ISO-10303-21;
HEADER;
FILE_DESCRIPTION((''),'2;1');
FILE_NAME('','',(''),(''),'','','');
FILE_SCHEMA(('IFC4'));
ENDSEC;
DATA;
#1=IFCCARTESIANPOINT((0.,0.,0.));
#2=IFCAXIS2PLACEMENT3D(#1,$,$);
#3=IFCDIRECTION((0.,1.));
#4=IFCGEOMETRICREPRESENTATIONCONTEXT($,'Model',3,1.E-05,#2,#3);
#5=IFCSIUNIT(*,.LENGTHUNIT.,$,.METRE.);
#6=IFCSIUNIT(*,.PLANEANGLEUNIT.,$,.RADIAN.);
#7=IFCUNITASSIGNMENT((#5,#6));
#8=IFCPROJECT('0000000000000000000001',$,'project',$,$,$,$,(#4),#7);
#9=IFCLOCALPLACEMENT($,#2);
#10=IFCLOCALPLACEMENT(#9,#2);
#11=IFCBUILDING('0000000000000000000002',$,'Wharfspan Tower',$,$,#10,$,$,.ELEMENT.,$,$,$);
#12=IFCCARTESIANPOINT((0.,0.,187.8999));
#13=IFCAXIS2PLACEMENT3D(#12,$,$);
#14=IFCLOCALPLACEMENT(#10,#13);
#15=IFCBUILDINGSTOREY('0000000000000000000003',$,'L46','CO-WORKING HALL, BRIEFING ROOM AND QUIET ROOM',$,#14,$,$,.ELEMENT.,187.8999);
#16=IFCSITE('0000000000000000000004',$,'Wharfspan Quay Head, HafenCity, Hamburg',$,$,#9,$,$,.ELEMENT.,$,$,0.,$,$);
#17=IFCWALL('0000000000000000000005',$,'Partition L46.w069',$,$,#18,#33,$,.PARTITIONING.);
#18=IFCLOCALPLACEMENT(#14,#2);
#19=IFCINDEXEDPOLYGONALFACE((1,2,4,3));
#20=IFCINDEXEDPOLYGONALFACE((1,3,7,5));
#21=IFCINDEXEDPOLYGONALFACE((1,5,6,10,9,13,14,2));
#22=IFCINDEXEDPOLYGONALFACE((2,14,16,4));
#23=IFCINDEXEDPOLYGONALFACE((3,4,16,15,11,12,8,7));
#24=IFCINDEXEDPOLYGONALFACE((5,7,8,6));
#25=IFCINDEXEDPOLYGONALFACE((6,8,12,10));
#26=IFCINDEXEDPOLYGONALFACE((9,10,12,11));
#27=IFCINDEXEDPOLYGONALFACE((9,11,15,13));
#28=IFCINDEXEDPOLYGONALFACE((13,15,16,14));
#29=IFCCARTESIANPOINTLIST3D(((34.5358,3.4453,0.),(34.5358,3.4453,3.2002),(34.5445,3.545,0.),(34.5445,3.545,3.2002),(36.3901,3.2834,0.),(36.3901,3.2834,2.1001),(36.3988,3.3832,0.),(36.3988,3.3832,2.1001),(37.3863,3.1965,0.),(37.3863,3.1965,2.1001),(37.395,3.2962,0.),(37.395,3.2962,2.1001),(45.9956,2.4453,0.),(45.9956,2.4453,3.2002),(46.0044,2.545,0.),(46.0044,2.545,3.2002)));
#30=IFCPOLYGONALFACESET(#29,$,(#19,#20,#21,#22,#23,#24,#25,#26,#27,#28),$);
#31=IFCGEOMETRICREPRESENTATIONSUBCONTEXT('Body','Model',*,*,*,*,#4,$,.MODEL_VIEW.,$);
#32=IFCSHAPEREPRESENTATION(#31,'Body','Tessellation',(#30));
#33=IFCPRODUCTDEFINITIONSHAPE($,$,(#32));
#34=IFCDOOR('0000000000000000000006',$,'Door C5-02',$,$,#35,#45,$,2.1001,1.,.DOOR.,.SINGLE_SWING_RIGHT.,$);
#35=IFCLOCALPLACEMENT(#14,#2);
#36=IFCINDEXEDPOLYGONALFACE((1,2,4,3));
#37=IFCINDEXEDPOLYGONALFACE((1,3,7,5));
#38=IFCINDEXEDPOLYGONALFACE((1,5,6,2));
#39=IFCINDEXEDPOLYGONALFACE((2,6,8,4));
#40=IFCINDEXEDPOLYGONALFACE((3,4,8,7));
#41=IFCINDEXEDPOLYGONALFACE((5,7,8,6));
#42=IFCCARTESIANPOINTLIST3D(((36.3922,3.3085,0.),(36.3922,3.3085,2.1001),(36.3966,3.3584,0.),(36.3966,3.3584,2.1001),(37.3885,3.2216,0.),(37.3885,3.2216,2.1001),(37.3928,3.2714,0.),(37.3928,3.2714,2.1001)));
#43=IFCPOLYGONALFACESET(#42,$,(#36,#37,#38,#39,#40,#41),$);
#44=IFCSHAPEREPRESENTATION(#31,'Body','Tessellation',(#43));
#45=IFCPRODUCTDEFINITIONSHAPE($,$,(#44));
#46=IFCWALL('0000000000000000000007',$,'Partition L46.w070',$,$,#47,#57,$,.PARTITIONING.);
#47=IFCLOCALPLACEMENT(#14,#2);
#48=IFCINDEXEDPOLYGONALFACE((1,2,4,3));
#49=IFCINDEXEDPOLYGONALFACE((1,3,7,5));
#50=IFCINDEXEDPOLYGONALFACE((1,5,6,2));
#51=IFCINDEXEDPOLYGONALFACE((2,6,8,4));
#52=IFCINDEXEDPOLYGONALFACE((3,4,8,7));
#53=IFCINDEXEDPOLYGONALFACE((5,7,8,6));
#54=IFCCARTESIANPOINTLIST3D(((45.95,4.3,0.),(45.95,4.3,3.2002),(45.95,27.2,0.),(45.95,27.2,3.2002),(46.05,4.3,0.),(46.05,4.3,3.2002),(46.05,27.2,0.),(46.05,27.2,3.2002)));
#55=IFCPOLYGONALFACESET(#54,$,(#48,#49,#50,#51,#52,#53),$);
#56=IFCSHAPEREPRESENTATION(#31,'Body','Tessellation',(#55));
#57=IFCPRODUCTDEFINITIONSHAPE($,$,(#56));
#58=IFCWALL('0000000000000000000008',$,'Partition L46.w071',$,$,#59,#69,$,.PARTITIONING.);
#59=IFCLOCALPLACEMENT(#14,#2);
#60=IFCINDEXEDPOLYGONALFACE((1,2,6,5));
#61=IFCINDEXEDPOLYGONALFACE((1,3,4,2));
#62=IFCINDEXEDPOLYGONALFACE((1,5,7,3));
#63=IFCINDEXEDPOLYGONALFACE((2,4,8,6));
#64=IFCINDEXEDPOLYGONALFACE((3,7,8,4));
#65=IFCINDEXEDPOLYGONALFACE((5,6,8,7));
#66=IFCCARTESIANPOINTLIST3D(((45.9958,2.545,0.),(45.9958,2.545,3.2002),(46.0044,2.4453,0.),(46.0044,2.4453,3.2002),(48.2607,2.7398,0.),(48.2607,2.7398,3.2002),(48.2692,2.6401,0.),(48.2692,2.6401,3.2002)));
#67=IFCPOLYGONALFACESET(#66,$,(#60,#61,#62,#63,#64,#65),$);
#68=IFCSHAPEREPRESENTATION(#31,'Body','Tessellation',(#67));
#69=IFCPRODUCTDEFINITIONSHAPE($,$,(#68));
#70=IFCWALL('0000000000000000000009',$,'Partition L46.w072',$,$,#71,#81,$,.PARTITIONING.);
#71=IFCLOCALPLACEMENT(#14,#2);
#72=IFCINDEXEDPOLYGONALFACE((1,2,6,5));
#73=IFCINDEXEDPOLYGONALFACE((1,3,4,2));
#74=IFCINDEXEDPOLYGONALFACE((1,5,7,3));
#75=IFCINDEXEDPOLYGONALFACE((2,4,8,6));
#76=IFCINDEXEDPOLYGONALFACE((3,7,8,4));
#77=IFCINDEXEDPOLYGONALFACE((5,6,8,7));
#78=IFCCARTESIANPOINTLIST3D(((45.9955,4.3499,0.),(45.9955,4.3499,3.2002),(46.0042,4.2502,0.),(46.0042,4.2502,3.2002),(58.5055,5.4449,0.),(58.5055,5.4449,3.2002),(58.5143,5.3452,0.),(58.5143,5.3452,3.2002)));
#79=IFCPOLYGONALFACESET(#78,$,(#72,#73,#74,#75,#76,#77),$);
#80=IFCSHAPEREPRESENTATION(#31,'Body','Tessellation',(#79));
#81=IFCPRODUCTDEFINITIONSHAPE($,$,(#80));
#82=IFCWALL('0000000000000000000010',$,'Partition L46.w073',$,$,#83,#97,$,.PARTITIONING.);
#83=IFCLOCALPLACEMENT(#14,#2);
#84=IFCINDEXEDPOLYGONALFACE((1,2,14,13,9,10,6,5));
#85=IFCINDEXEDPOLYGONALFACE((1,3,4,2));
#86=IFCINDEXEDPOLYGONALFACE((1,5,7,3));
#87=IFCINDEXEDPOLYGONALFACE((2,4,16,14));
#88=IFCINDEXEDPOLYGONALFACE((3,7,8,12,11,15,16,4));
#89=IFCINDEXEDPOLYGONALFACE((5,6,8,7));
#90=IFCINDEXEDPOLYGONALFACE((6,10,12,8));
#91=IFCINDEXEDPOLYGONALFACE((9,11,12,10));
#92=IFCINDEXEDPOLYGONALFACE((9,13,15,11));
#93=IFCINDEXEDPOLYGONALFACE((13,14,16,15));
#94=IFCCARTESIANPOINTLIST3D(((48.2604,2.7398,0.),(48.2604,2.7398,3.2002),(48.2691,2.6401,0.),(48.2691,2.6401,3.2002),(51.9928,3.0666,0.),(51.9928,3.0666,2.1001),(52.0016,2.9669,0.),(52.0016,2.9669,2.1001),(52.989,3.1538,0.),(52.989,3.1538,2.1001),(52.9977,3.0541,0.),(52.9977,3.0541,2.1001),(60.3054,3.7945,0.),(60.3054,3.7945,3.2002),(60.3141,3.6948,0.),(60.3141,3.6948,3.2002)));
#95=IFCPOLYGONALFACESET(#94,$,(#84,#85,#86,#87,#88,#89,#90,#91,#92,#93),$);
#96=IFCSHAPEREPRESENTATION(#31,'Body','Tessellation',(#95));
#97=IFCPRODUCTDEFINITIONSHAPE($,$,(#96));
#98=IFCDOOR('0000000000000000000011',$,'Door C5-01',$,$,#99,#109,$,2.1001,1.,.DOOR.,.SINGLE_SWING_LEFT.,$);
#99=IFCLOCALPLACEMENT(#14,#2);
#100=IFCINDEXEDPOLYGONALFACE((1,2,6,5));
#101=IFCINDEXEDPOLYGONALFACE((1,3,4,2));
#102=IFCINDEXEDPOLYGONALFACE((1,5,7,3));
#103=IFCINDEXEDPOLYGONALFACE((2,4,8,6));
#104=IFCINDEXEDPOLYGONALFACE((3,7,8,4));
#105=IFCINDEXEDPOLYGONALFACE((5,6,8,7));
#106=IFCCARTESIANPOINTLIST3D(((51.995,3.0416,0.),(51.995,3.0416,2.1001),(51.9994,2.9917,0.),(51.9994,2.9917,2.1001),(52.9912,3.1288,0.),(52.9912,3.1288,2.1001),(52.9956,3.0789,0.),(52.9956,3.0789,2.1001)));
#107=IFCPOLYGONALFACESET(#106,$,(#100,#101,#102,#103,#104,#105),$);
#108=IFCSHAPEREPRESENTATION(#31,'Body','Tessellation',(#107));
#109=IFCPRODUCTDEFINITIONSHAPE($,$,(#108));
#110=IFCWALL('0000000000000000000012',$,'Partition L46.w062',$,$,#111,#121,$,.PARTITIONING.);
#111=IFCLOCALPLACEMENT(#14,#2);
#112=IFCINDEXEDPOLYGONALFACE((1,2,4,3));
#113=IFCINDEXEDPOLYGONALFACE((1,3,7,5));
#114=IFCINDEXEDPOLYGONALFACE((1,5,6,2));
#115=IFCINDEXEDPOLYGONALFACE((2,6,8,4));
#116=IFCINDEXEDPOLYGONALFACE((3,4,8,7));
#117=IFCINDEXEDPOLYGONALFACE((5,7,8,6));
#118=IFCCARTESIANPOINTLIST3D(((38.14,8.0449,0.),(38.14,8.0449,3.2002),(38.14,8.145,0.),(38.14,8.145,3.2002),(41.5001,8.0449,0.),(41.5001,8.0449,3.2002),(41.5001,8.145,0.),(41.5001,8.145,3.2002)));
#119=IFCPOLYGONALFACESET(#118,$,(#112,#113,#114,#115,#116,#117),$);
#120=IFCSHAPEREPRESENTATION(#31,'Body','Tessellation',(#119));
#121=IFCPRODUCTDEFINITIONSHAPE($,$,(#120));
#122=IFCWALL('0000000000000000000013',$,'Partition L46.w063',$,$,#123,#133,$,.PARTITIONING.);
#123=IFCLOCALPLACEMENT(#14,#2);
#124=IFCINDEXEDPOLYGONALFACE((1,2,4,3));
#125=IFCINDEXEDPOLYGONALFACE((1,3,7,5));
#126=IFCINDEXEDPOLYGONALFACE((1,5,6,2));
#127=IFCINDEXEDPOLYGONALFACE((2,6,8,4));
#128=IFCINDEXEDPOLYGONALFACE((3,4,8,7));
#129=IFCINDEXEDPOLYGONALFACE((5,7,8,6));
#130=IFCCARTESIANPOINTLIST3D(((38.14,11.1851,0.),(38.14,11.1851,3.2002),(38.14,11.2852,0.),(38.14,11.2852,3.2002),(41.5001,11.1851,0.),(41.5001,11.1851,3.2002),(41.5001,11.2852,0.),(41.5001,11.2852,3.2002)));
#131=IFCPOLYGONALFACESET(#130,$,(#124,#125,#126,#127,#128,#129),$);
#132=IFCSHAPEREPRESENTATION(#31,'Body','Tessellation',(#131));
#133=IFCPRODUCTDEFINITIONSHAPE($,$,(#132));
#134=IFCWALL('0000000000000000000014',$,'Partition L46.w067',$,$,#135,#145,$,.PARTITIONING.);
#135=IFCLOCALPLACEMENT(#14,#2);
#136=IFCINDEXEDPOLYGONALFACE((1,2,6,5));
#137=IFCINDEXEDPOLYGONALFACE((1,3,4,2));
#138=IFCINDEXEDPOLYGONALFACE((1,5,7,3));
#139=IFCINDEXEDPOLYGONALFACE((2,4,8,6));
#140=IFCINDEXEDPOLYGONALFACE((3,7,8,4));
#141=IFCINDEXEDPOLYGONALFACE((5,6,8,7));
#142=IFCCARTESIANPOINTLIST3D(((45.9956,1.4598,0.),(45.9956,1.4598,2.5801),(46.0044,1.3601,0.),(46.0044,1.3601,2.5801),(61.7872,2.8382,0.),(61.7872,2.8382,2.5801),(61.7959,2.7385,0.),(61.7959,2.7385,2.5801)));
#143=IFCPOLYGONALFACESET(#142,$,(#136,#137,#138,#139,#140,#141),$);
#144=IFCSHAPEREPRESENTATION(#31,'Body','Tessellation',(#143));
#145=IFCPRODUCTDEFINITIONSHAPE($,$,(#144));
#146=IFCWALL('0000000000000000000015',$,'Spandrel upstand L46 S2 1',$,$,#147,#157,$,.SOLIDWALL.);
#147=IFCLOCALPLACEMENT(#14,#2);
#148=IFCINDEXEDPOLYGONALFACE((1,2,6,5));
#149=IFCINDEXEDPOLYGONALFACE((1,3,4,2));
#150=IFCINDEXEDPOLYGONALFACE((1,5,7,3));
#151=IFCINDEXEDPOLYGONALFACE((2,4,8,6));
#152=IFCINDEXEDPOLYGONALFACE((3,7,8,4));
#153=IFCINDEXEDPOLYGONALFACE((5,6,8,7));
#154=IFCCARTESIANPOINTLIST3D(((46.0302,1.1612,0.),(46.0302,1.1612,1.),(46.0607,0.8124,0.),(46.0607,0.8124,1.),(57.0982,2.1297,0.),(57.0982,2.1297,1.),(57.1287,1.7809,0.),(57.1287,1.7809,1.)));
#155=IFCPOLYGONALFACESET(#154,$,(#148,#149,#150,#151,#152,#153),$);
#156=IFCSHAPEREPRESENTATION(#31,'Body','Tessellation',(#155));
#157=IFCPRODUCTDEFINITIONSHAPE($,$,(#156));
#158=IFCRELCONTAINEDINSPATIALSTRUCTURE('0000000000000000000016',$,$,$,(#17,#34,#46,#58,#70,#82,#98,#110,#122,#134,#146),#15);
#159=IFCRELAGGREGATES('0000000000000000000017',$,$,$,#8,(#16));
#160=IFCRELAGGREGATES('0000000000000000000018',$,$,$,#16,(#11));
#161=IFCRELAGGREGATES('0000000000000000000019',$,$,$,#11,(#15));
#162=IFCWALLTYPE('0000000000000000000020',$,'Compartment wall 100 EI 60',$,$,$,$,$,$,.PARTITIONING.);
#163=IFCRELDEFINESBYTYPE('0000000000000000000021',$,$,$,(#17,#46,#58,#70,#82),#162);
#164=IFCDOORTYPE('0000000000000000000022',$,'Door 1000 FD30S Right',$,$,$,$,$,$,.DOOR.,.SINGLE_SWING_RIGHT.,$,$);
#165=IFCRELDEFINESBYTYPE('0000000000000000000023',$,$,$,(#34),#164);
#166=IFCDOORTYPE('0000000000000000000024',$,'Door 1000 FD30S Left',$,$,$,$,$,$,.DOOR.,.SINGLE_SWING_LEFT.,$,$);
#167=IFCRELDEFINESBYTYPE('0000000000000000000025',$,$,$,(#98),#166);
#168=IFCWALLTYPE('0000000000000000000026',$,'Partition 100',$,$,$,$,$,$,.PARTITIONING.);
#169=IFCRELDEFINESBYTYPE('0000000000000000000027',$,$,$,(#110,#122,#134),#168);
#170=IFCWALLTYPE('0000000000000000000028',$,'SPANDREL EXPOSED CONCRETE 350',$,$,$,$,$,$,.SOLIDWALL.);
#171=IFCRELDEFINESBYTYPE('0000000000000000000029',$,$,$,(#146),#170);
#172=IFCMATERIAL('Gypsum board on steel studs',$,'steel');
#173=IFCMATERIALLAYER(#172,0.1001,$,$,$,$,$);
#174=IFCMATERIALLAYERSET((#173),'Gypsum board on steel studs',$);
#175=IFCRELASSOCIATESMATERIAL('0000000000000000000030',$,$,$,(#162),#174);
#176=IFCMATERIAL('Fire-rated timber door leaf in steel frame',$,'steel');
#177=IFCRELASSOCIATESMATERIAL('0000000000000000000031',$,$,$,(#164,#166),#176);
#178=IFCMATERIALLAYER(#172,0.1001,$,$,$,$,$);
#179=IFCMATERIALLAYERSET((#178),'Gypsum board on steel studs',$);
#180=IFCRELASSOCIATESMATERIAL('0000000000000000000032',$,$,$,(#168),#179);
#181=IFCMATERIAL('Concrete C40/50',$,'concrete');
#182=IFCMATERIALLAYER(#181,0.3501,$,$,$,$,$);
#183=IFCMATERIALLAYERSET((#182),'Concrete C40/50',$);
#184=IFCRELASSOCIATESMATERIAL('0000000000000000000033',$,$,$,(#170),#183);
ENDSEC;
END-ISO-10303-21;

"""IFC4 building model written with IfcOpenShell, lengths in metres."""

from ifc_helpers import new_model, si_unit, direction, frame, frame_2d, origin, place, context, subcontext, project, spatial, rectangle, extrude, material, layer, layer_set, type_object, element, fill, save


model = new_model("IFC4")

# Units and contexts
model_context = context("Model", 3, precision=1e-05, world=origin(), true_north=direction((0.0, 1.0)))
body_context = subcontext(model_context, "Body", "Model", "MODEL_VIEW")
ifc_project = project(units=[si_unit("LENGTHUNIT", "METRE"), si_unit("PLANEANGLEUNIT", "RADIAN")], contexts=[model_context])

# Site, building, storey
site_placement = place(None, origin())
site = spatial("IfcSite", under=ifc_project, at=site_placement, Name="Wharfspan Quay Head, HafenCity, Hamburg", CompositionType="ELEMENT", RefElevation=0.0)
building_placement = place(site_placement, origin())
building = spatial("IfcBuilding", under=site, at=building_placement, Name="Wharfspan Tower", CompositionType="ELEMENT")
storey_placement = place(building_placement, frame((0.0, 0.0, 187.8999)))
storey = spatial("IfcBuildingStorey", under=building, at=storey_placement, Name="L46", Description="CO-WORKING HALL, BRIEFING ROOM AND QUIET ROOM", CompositionType="ELEMENT", Elevation=187.8999)

# Shared definitions
ifc_material_1 = material(Name="Gypsum board on steel studs", Category="steel")
ifc_layer_1 = layer(ifc_material_1, 0.1001)
ifc_layer_set_1 = layer_set([ifc_layer_1], Name="Gypsum board on steel studs")
wall_type_1 = type_object("IfcWallType", Name="Compartment wall 100 EI 60", PredefinedType="PARTITIONING", material=ifc_layer_set_1)

# Wall, opening, door
wall_1_placement = place(storey_placement, frame((46.0, 2.4951, 0.0), z_axis=(0.0, 0.0, 1.0), x_axis=(-0.996214, 0.08693, 0.0)))
wall_1 = element("IfcWall", 1, at=wall_1_placement, inside=storey, type_object=wall_type_1, Name="Partition L46.w069", PredefinedType="PARTITIONING", context=body_context, shape_type="SweptSolid", body=[
    extrude(rectangle(XDim=11.5034, YDim=0.1001, at=frame_2d((5.7517, 0.0))), origin(), (0.0, 0.0, 1.0), 3.2002),
])
opening_1_placement = place(wall_1_placement, frame((8.6421, 0.0, 0.0)))
opening_1 = element("IfcOpeningElement", 2, at=opening_1_placement, cuts=wall_1, PredefinedType="OPENING", context=body_context, shape_type="SweptSolid", body=[
    extrude(rectangle(XDim=1.0, YDim=2.1001, at=frame_2d((0.5, 1.05))), frame((0.0, 0.0601, 0.0), z_axis=(0.0, -1.0, 0.0), x_axis=(1.0, 0.0, 0.0)), (0.0, 0.0, 1.0), 0.1201),
])
ifc_material_2 = material(Name="Fire-rated timber door leaf in steel frame", Category="steel")
door_type_1 = type_object("IfcDoorType", Name="Door 1000 FD30S Right", OperationType="SINGLE_SWING_RIGHT", PredefinedType="DOOR", material=ifc_material_2)
door_1_placement = place(opening_1_placement, origin())
door_1 = element("IfcDoor", 3, at=door_1_placement, inside=storey, type_object=door_type_1, Name="Door C5-02", OperationType="SINGLE_SWING_RIGHT", OverallHeight=2.1001, OverallWidth=1.0, PredefinedType="DOOR", context=body_context, shape_type="SweptSolid", body=[
    extrude(rectangle(XDim=1.0, YDim=2.1001, at=frame_2d((0.5, 1.05))), frame((0.0, 0.0249, 0.0), z_axis=(0.0, -1.0, 0.0), x_axis=(1.0, 0.0, 0.0)), (0.0, 0.0, 1.0), 0.05),
])
fill(opening_1, door_1)

# Walls
wall_2_placement = place(storey_placement, frame((46.0, 4.3, 0.0), z_axis=(0.0, 0.0, 1.0), x_axis=(0.0, 1.0, 0.0)))
element("IfcWall", 4, at=wall_2_placement, inside=storey, type_object=wall_type_1, Name="Partition L46.w070", PredefinedType="PARTITIONING", context=body_context, shape_type="SweptSolid", body=[
    extrude(rectangle(XDim=22.8999, YDim=0.1001, at=frame_2d((11.45, 0.0))), origin(), (0.0, 0.0, 1.0), 3.2002),
])
wall_3_placement = place(storey_placement, frame((46.0, 2.4951, 0.0), z_axis=(0.0, 0.0, 1.0), x_axis=(0.996324, 0.085703, 0.0)))
element("IfcWall", 5, at=wall_3_placement, inside=storey, type_object=wall_type_1, Name="Partition L46.w071", PredefinedType="PARTITIONING", context=body_context, shape_type="SweptSolid", body=[
    extrude(rectangle(XDim=2.2732, YDim=0.1001, at=frame_2d((1.1367, 0.0))), origin(), (0.0, 0.0, 1.0), 3.2002),
])
wall_4_placement = place(storey_placement, frame((46.0, 4.3, 0.0), z_axis=(0.0, 0.0, 1.0), x_axis=(0.996189, 0.087194, 0.0)))
element("IfcWall", 6, at=wall_4_placement, inside=storey, type_object=wall_type_1, Name="Partition L46.w072", PredefinedType="PARTITIONING", context=body_context, shape_type="SweptSolid", body=[
    extrude(rectangle(XDim=12.5579, YDim=0.1001, at=frame_2d((6.2788, 0.0))), origin(), (0.0, 0.0, 1.0), 3.2002),
])

# Wall, opening, door
wall_5_placement = place(storey_placement, frame((48.2649, 2.6899, 0.0), z_axis=(0.0, 0.0, 1.0), x_axis=(0.996187, 0.087229, 0.0)))
wall_5 = element("IfcWall", 7, at=wall_5_placement, inside=storey, type_object=wall_type_1, Name="Partition L46.w073", PredefinedType="PARTITIONING", context=body_context, shape_type="SweptSolid", body=[
    extrude(rectangle(XDim=12.0911, YDim=0.1001, at=frame_2d((6.0454, 0.0))), origin(), (0.0, 0.0, 1.0), 3.2002),
])
opening_2_placement = place(wall_5_placement, frame((3.7466, 0.0, 0.0)))
opening_2 = element("IfcOpeningElement", 8, at=opening_2_placement, cuts=wall_5, PredefinedType="OPENING", context=body_context, shape_type="SweptSolid", body=[
    extrude(rectangle(XDim=1.0, YDim=2.1001, at=frame_2d((0.5, 1.05))), frame((0.0, 0.0601, 0.0), z_axis=(0.0, -1.0, 0.0), x_axis=(1.0, 0.0, 0.0)), (0.0, 0.0, 1.0), 0.1201),
])
door_type_2 = type_object("IfcDoorType", Name="Door 1000 FD30S Left", OperationType="SINGLE_SWING_LEFT", PredefinedType="DOOR", material=ifc_material_2)
door_2_placement = place(opening_2_placement, origin())
door_2 = element("IfcDoor", 9, at=door_2_placement, inside=storey, type_object=door_type_2, Name="Door C5-01", OperationType="SINGLE_SWING_LEFT", OverallHeight=2.1001, OverallWidth=1.0, PredefinedType="DOOR", context=body_context, shape_type="SweptSolid", body=[
    extrude(rectangle(XDim=1.0, YDim=2.1001, at=frame_2d((0.5, 1.05))), frame((0.0, 0.0249, 0.0), z_axis=(0.0, -1.0, 0.0), x_axis=(1.0, 0.0, 0.0)), (0.0, 0.0, 1.0), 0.05),
])
fill(opening_2, door_2)

# Walls
ifc_layer_2 = layer(ifc_material_1, 0.1001)
ifc_layer_set_2 = layer_set([ifc_layer_2], Name="Gypsum board on steel studs")
wall_type_2 = type_object("IfcWallType", Name="Partition 100", PredefinedType="PARTITIONING", material=ifc_layer_set_2)
for number, where, z_axis, x_axis, name in (
    (10, (38.1399, 8.095, 0.0), (0.0, 0.0, 1.0), (1.0, 0.0, 0.0), "Partition L46.w062"),
    (11, (38.1399, 11.2351, 0.0), (0.0, 0.0, 1.0), (1.0, 0.0, 0.0), "Partition L46.w063"),
):
    element("IfcWall", number, at=place(storey_placement, frame(where, z_axis=z_axis, x_axis=x_axis)), inside=storey, type_object=wall_type_2, Name=name, PredefinedType="PARTITIONING", context=body_context, shape_type="SweptSolid", body=[
        extrude(rectangle(XDim=3.3601, YDim=0.1001, at=frame_2d((1.6802, 0.0))), origin(), (0.0, 0.0, 1.0), 3.2002),
    ])
wall_6_placement = place(storey_placement, frame((46.0, 1.4099, 0.0), z_axis=(0.0, 0.0, 1.0), x_axis=(0.996213, 0.086958, 0.0)))
element("IfcWall", 12, at=wall_6_placement, inside=storey, type_object=wall_type_2, Name="Partition L46.w067", PredefinedType="PARTITIONING", context=body_context, shape_type="SweptSolid", body=[
    extrude(rectangle(XDim=15.8516, YDim=0.1001, at=frame_2d((7.9258, 0.0))), origin(), (0.0, 0.0, 1.0), 2.5801),
])
ifc_material_3 = material(Name="Concrete C40/50", Category="concrete")
ifc_layer_3 = layer(ifc_material_3, 0.3501)
ifc_layer_set_3 = layer_set([ifc_layer_3], Name="Concrete C40/50")
wall_type_3 = type_object("IfcWallType", Name="SPANDREL EXPOSED CONCRETE 350", PredefinedType="SOLIDWALL", material=ifc_layer_set_3)
wall_7_placement = place(storey_placement, frame((46.0454, 0.9868, 0.0), z_axis=(0.0, 0.0, 1.0), x_axis=(0.996193, 0.087171, 0.0)))
element("IfcWall", 13, at=wall_7_placement, inside=storey, type_object=wall_type_3, Name="Spandrel upstand L46 S2 1", PredefinedType="SOLIDWALL", context=body_context, shape_type="SweptSolid", body=[
    extrude(rectangle(XDim=11.1104, YDim=0.3501, at=frame_2d((5.5552, 0.0))), origin(), (0.0, 0.0, 1.0), 1.0),
])

save(model, "model.ifc")
